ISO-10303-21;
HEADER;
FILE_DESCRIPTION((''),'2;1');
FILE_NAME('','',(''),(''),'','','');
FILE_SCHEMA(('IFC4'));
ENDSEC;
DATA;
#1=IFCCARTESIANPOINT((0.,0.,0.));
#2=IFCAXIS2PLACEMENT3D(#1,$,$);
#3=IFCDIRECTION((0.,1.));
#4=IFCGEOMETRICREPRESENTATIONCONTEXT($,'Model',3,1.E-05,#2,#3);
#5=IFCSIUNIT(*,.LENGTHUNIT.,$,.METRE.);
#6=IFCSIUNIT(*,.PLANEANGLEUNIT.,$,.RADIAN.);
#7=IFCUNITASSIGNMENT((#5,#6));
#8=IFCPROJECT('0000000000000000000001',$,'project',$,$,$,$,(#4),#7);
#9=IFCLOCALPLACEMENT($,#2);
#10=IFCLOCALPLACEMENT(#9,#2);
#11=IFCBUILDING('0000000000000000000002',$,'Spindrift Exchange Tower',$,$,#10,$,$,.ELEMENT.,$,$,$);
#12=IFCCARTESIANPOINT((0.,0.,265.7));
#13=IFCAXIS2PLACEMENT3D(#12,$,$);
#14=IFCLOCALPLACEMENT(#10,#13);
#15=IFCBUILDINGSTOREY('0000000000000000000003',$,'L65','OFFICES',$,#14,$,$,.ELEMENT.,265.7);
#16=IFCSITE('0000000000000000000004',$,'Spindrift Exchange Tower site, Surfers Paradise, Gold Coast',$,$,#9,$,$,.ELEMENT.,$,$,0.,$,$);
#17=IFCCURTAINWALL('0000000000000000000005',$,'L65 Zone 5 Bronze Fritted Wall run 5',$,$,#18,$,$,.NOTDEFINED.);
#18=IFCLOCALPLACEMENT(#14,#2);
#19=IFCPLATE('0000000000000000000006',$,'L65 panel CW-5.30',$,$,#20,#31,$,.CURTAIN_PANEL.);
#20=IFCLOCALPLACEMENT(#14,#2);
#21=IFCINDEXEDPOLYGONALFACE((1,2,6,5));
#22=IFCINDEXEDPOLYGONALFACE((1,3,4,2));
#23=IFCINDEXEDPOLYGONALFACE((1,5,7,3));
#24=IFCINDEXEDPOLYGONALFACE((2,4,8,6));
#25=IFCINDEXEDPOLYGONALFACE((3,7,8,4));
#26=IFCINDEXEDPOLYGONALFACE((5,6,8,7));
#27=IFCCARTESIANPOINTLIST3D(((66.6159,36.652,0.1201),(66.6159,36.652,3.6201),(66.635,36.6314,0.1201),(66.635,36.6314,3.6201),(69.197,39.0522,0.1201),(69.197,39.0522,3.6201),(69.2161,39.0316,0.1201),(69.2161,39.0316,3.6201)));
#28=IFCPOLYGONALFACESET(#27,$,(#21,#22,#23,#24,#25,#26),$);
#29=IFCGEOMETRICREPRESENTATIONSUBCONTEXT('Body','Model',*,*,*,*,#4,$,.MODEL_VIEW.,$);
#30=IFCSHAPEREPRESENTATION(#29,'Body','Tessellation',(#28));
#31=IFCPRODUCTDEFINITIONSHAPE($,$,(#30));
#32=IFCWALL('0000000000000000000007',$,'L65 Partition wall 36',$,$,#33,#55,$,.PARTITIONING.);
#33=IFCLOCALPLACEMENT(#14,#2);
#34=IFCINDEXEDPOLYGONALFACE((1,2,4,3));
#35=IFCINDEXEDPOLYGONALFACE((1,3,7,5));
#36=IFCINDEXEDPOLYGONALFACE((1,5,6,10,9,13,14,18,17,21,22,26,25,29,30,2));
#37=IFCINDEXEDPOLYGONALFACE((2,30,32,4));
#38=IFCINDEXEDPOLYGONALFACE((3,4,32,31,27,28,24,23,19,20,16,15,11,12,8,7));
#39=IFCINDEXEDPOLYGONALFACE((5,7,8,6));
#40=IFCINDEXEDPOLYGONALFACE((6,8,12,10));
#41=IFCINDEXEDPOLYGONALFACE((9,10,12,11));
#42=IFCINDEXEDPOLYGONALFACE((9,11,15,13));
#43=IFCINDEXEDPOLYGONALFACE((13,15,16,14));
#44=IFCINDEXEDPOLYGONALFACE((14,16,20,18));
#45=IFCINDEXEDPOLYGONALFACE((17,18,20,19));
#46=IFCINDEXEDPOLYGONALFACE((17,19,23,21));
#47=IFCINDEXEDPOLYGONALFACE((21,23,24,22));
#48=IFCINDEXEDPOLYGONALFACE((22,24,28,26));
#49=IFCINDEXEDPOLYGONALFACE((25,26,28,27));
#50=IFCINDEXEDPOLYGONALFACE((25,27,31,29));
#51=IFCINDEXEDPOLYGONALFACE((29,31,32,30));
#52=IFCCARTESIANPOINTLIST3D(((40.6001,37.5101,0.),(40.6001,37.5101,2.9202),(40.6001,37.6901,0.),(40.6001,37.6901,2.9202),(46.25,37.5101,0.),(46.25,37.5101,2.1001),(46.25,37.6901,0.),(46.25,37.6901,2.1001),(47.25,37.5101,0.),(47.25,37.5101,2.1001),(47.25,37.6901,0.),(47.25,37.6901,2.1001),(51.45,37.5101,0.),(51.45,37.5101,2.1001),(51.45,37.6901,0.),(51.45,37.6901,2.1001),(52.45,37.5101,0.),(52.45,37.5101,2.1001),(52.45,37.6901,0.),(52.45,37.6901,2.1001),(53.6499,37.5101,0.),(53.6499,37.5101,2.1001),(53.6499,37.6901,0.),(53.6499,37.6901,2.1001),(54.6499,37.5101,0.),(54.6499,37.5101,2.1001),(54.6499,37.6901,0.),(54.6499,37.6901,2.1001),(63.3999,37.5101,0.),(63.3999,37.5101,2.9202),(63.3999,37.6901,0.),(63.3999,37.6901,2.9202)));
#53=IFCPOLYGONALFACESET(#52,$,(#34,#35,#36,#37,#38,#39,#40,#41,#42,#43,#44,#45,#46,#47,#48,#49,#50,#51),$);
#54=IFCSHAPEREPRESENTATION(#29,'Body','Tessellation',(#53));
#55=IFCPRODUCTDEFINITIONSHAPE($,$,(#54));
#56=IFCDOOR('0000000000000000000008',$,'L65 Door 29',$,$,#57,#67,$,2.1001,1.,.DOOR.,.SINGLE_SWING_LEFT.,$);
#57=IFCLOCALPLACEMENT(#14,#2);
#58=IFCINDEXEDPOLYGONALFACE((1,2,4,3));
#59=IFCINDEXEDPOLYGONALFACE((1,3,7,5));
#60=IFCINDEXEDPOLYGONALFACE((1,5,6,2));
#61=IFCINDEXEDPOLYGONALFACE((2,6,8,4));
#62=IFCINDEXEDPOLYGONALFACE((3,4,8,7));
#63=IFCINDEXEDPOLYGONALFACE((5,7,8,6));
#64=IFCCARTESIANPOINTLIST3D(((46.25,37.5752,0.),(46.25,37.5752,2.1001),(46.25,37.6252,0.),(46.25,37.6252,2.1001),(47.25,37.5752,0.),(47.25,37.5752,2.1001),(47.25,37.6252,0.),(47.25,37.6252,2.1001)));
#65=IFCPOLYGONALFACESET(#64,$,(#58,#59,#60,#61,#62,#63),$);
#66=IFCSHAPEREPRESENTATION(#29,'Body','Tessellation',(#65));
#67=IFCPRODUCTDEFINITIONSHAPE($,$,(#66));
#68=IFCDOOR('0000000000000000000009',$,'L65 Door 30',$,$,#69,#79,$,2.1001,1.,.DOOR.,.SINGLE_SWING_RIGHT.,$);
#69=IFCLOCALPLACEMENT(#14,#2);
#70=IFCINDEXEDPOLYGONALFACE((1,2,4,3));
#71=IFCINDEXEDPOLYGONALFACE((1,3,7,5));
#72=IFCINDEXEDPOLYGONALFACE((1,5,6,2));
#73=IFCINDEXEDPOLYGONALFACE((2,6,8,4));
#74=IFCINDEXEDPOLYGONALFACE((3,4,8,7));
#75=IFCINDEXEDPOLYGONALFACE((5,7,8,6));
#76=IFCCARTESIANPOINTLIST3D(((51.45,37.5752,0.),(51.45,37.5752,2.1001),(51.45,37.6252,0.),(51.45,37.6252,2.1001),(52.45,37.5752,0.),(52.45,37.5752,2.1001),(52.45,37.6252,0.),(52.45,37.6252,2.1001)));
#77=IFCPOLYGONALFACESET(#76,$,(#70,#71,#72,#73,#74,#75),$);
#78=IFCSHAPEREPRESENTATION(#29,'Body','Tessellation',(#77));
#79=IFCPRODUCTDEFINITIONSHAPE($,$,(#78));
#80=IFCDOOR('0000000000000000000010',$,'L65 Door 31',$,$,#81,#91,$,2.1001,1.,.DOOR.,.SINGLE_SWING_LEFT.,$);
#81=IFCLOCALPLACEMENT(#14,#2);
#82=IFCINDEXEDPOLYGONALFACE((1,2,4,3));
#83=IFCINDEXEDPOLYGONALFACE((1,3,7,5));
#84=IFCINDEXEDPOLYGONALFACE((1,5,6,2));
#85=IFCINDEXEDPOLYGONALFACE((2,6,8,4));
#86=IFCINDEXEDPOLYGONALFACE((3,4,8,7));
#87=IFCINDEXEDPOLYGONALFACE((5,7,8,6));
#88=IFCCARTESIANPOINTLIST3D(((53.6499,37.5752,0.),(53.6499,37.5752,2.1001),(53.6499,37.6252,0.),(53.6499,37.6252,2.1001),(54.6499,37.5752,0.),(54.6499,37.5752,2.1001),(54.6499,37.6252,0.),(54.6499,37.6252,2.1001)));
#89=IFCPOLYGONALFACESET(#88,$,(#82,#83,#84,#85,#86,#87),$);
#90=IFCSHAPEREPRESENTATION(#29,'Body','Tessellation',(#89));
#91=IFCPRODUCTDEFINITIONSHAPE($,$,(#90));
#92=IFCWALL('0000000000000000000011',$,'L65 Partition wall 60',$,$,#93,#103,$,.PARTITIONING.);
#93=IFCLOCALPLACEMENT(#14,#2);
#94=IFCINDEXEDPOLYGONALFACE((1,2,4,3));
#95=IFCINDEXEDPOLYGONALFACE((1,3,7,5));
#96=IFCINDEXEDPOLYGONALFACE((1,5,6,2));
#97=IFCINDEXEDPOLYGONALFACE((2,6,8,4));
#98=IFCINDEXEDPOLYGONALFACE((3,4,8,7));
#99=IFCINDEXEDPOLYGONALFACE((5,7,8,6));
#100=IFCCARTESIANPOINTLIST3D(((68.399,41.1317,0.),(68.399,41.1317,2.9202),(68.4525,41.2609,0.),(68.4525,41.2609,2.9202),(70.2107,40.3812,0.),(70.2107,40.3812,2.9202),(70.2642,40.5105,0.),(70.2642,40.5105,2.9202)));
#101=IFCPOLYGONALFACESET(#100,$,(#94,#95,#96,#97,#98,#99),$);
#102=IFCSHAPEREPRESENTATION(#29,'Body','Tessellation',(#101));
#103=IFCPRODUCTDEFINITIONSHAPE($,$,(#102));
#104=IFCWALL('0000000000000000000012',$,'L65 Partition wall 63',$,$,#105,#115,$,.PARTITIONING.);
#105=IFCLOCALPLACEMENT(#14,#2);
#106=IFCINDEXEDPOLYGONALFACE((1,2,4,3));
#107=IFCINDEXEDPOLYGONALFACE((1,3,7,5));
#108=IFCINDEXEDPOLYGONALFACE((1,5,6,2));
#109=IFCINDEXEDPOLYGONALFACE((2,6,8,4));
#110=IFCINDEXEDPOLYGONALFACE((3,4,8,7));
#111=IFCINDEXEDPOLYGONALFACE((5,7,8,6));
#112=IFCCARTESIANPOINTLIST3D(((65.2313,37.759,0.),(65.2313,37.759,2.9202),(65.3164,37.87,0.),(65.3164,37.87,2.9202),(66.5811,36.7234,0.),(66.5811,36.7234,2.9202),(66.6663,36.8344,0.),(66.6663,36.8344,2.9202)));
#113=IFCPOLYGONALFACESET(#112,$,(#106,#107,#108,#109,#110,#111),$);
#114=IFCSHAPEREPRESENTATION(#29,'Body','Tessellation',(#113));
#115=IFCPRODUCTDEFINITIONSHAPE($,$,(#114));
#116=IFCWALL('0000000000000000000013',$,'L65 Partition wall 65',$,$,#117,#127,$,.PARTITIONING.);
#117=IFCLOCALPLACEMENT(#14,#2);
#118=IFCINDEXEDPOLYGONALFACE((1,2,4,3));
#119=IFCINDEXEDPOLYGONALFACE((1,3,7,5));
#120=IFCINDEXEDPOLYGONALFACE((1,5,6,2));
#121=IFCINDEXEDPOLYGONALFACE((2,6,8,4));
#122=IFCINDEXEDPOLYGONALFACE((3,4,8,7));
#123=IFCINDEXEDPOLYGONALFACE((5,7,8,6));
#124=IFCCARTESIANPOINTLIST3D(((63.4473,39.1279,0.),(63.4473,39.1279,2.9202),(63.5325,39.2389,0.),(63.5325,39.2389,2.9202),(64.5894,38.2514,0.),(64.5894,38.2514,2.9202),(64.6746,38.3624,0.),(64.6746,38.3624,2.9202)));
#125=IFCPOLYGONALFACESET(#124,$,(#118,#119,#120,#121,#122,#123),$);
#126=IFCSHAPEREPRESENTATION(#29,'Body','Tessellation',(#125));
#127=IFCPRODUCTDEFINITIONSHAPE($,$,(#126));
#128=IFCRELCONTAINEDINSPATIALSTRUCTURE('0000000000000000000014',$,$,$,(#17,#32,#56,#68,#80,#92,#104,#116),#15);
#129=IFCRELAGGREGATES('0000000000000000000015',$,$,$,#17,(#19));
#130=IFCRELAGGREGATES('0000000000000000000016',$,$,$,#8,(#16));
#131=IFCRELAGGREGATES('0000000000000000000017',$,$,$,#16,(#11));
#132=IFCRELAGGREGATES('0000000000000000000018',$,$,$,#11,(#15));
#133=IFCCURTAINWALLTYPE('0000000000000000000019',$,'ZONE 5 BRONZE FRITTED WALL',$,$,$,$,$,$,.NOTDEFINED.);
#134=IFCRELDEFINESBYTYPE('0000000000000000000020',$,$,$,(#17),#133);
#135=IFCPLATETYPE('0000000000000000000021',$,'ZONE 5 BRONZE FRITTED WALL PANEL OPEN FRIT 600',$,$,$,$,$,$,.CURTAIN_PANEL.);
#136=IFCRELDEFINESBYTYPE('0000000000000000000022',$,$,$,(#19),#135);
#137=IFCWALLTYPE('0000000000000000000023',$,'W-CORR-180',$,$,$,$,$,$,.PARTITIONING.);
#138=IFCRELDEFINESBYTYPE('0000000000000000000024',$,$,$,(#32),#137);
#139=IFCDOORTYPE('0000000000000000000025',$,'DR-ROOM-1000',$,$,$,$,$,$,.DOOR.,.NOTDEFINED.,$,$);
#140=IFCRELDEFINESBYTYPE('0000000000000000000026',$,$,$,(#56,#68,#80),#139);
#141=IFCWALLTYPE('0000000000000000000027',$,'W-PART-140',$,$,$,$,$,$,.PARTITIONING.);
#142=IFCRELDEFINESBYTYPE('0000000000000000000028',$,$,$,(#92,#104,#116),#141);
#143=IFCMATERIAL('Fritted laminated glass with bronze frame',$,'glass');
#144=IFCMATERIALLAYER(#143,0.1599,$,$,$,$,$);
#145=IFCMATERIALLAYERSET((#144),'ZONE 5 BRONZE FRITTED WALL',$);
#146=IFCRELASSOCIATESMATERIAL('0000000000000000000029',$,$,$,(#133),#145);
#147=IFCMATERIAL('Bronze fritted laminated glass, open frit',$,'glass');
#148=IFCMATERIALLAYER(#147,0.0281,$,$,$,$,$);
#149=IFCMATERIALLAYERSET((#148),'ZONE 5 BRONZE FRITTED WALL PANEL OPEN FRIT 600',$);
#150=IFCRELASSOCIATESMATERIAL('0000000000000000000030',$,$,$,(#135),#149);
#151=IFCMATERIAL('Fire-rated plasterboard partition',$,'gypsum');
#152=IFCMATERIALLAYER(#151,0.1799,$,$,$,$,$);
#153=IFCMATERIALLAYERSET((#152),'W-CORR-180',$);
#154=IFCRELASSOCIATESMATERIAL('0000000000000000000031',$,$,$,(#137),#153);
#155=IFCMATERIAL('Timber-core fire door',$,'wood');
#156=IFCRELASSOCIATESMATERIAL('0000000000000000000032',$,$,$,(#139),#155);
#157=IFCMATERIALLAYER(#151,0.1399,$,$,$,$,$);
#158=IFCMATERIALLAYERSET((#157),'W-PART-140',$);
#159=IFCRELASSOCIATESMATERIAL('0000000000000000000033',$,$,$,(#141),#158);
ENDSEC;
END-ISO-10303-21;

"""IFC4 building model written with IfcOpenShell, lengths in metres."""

from ifc_helpers import new_model, si_unit, direction, frame, frame_2d, origin, origin_2d, place, context, subcontext, project, spatial, rectangle, extrude, source, transform, mapped, material, layer, layer_set, type_object, element, fill, aggregate, save


model = new_model("IFC4")

# Units and contexts
model_context = context("Model", 3, precision=1e-05, world=origin(), true_north=direction((0.0, 1.0)))
body_context = subcontext(model_context, "Body", "Model", "MODEL_VIEW")
ifc_project = project(units=[si_unit("LENGTHUNIT", "METRE"), si_unit("PLANEANGLEUNIT", "RADIAN")], contexts=[model_context])

# Site, building, storey
site_placement = place(None, origin())
site = spatial("IfcSite", under=ifc_project, at=site_placement, Name="Spindrift Exchange Tower site, Surfers Paradise, Gold Coast", CompositionType="ELEMENT", RefElevation=0.0)
building_placement = place(site_placement, origin())
building = spatial("IfcBuilding", under=site, at=building_placement, Name="Spindrift Exchange Tower", CompositionType="ELEMENT")
storey_placement = place(building_placement, frame((0.0, 0.0, 265.7)))
storey = spatial("IfcBuildingStorey", under=building, at=storey_placement, Name="L65", Description="OFFICES", CompositionType="ELEMENT", Elevation=265.7)

# Curtain wall
ifc_material_1 = material(Name="Fritted laminated glass with bronze frame", Category="glass")
ifc_layer_1 = layer(ifc_material_1, 0.1599)
ifc_layer_set_1 = layer_set([ifc_layer_1], Name="ZONE 5 BRONZE FRITTED WALL")
curtain_wall_type = type_object("IfcCurtainWallType", Name="ZONE 5 BRONZE FRITTED WALL", PredefinedType="NOTDEFINED", material=ifc_layer_set_1)
curtain_wall_1_placement = place(storey_placement, origin())
curtain_wall_1 = element("IfcCurtainWall", 1, at=curtain_wall_1_placement, inside=storey, type_object=curtain_wall_type, Name="L65 Zone 5 Bronze Fritted Wall run 5", PredefinedType="NOTDEFINED")

# Plate
ifc_material_2 = material(Name="Bronze fritted laminated glass, open frit", Category="glass")
ifc_layer_2 = layer(ifc_material_2, 0.0281)
ifc_layer_set_2 = layer_set([ifc_layer_2], Name="ZONE 5 BRONZE FRITTED WALL PANEL OPEN FRIT 600")
plate_type_1 = type_object("IfcPlateType", Name="ZONE 5 BRONZE FRITTED WALL PANEL OPEN FRIT 600", PredefinedType="CURTAIN_PANEL", material=ifc_layer_set_2)
shared_shape_1 = source(origin(), body_context, "Body", "SweptSolid", [
    extrude(rectangle(XDim=3.5247, YDim=0.0281, at=origin_2d()), origin(), (0.0, 0.0, 1.0), 3.5),
])
plate_1_placement = place(storey_placement, frame((67.916, 37.8418, 0.1201), z_axis=(0.0, 0.0, 1.0), x_axis=(0.732305, 0.680977, 0.0)))
plate_1 = element("IfcPlate", 2, at=plate_1_placement, type_object=plate_type_1, Name="L65 panel CW-5.30", PredefinedType="CURTAIN_PANEL", context=body_context, shape_type="MappedRepresentation", body=[
    mapped(shared_shape_1, transform((0.0, 0.0, 0.0), scale=1.0)),
])
aggregate(curtain_wall_1, [plate_1])

# Wall, openings, doors
ifc_material_3 = material(Name="Fire-rated plasterboard partition", Category="gypsum")
ifc_layer_3 = layer(ifc_material_3, 0.1799)
ifc_layer_set_3 = layer_set([ifc_layer_3], Name="W-CORR-180")
wall_type_1 = type_object("IfcWallType", Name="W-CORR-180", PredefinedType="PARTITIONING", material=ifc_layer_set_3)
wall_1_placement = place(storey_placement, frame((63.3999, 37.6001, 0.0), z_axis=(0.0, 0.0, 1.0), x_axis=(-1.0, 0.0, 0.0)))
wall_1 = element("IfcWall", 3, at=wall_1_placement, inside=storey, type_object=wall_type_1, Name="L65 Partition wall 36", PredefinedType="PARTITIONING", context=body_context, shape_type="SweptSolid", body=[
    extrude(rectangle(XDim=22.7998, YDim=0.1799, at=frame_2d((11.3999, 0.0))), origin(), (0.0, 0.0, 1.0), 2.9202),
])
opening_1_placement = place(wall_1_placement, frame((16.1499, 0.0, 0.0)))
opening_1 = element("IfcOpeningElement", 4, at=opening_1_placement, cuts=wall_1, PredefinedType="OPENING", context=body_context, shape_type="SweptSolid", body=[
    extrude(rectangle(XDim=1.0, YDim=2.1001, at=frame_2d((0.5, 1.05))), frame((0.0, 0.0999, 0.0), z_axis=(0.0, -1.0, 0.0), x_axis=(1.0, 0.0, 0.0)), (0.0, 0.0, 1.0), 0.2),
])
opening_2_placement = place(wall_1_placement, frame((10.95, 0.0, 0.0)))
opening_2 = element("IfcOpeningElement", 5, at=opening_2_placement, cuts=wall_1, PredefinedType="OPENING", context=body_context, shape_type="SweptSolid", body=[
    extrude(rectangle(XDim=1.0, YDim=2.1001, at=frame_2d((0.5, 1.05))), frame((0.0, 0.0999, 0.0), z_axis=(0.0, -1.0, 0.0), x_axis=(1.0, 0.0, 0.0)), (0.0, 0.0, 1.0), 0.2),
])
opening_3_placement = place(wall_1_placement, frame((8.75, 0.0, 0.0)))
opening_3 = element("IfcOpeningElement", 6, at=opening_3_placement, cuts=wall_1, PredefinedType="OPENING", context=body_context, shape_type="SweptSolid", body=[
    extrude(rectangle(XDim=1.0, YDim=2.1001, at=frame_2d((0.5, 1.05))), frame((0.0, 0.0999, 0.0), z_axis=(0.0, -1.0, 0.0), x_axis=(1.0, 0.0, 0.0)), (0.0, 0.0, 1.0), 0.2),
])
ifc_material_4 = material(Name="Timber-core fire door", Category="wood")
door_type = type_object("IfcDoorType", Name="DR-ROOM-1000", OperationType="NOTDEFINED", PredefinedType="DOOR", material=ifc_material_4)
shared_shape_2 = source(origin(), body_context, "Body", "SweptSolid", [
    extrude(rectangle(XDim=1.0, YDim=2.1001, at=frame_2d((0.5, 1.05))), frame((0.0, 0.0249, 0.0), z_axis=(0.0, -1.0, 0.0), x_axis=(1.0, 0.0, 0.0)), (0.0, 0.0, 1.0), 0.05),
])
door_1_placement = place(opening_1_placement, origin())
door_1 = element("IfcDoor", 7, at=door_1_placement, inside=storey, type_object=door_type, Name="L65 Door 29", OperationType="SINGLE_SWING_LEFT", OverallHeight=2.1001, OverallWidth=1.0, PredefinedType="DOOR", context=body_context, shape_type="MappedRepresentation", body=[
    mapped(shared_shape_2, transform((0.0, 0.0, 0.0), scale=1.0)),
])
fill(opening_1, door_1)
door_2_placement = place(opening_2_placement, origin())
door_2 = element("IfcDoor", 8, at=door_2_placement, inside=storey, type_object=door_type, Name="L65 Door 30", OperationType="SINGLE_SWING_RIGHT", OverallHeight=2.1001, OverallWidth=1.0, PredefinedType="DOOR", context=body_context, shape_type="MappedRepresentation", body=[
    mapped(shared_shape_2, transform((0.0, 0.0, 0.0), scale=1.0)),
])
fill(opening_2, door_2)
door_3_placement = place(opening_3_placement, origin())
door_3 = element("IfcDoor", 9, at=door_3_placement, inside=storey, type_object=door_type, Name="L65 Door 31", OperationType="SINGLE_SWING_LEFT", OverallHeight=2.1001, OverallWidth=1.0, PredefinedType="DOOR", context=body_context, shape_type="MappedRepresentation", body=[
    mapped(shared_shape_2, transform((0.0, 0.0, 0.0), scale=1.0)),
])
fill(opening_3, door_3)

# Walls
ifc_layer_4 = layer(ifc_material_3, 0.1399)
ifc_layer_set_4 = layer_set([ifc_layer_4], Name="W-PART-140")
wall_type_2 = type_object("IfcWallType", Name="W-PART-140", PredefinedType="PARTITIONING", material=ifc_layer_set_4)
wall_2_placement = place(storey_placement, frame((68.4258, 41.1963, 0.0), z_axis=(0.0, 0.0, 1.0), x_axis=(0.923874, -0.382696, 0.0)))
element("IfcWall", 10, at=wall_2_placement, inside=storey, type_object=wall_type_2, Name="L65 Partition wall 60", PredefinedType="PARTITIONING", context=body_context, shape_type="SweptSolid", body=[
    extrude(rectangle(XDim=1.9609, YDim=0.1399, at=frame_2d((0.9805, 0.0))), origin(), (0.0, 0.0, 1.0), 2.9202),
])
wall_3_placement = place(storey_placement, frame((65.2739, 37.8145, 0.0), z_axis=(0.0, 0.0, 1.0), x_axis=(0.793392, -0.608712, 0.0)))
element("IfcWall", 11, at=wall_3_placement, inside=storey, type_object=wall_type_2, Name="L65 Partition wall 63", PredefinedType="PARTITIONING", context=body_context, shape_type="SweptSolid", body=[
    extrude(rectangle(XDim=1.7014, YDim=0.1399, at=frame_2d((0.8506, 0.0))), origin(), (0.0, 0.0, 1.0), 2.9202),
])
wall_4_placement = place(storey_placement, frame((63.49, 39.1833, 0.0), z_axis=(0.0, 0.0, 1.0), x_axis=(0.793317, -0.608809, 0.0)))
element("IfcWall", 12, at=wall_4_placement, inside=storey, type_object=wall_type_2, Name="L65 Partition wall 65", PredefinedType="PARTITIONING", context=body_context, shape_type="SweptSolid", body=[
    extrude(rectangle(XDim=1.4397, YDim=0.1399, at=frame_2d((0.7197, 0.0))), origin(), (0.0, 0.0, 1.0), 2.9202),
])

save(model, "model.ifc")
